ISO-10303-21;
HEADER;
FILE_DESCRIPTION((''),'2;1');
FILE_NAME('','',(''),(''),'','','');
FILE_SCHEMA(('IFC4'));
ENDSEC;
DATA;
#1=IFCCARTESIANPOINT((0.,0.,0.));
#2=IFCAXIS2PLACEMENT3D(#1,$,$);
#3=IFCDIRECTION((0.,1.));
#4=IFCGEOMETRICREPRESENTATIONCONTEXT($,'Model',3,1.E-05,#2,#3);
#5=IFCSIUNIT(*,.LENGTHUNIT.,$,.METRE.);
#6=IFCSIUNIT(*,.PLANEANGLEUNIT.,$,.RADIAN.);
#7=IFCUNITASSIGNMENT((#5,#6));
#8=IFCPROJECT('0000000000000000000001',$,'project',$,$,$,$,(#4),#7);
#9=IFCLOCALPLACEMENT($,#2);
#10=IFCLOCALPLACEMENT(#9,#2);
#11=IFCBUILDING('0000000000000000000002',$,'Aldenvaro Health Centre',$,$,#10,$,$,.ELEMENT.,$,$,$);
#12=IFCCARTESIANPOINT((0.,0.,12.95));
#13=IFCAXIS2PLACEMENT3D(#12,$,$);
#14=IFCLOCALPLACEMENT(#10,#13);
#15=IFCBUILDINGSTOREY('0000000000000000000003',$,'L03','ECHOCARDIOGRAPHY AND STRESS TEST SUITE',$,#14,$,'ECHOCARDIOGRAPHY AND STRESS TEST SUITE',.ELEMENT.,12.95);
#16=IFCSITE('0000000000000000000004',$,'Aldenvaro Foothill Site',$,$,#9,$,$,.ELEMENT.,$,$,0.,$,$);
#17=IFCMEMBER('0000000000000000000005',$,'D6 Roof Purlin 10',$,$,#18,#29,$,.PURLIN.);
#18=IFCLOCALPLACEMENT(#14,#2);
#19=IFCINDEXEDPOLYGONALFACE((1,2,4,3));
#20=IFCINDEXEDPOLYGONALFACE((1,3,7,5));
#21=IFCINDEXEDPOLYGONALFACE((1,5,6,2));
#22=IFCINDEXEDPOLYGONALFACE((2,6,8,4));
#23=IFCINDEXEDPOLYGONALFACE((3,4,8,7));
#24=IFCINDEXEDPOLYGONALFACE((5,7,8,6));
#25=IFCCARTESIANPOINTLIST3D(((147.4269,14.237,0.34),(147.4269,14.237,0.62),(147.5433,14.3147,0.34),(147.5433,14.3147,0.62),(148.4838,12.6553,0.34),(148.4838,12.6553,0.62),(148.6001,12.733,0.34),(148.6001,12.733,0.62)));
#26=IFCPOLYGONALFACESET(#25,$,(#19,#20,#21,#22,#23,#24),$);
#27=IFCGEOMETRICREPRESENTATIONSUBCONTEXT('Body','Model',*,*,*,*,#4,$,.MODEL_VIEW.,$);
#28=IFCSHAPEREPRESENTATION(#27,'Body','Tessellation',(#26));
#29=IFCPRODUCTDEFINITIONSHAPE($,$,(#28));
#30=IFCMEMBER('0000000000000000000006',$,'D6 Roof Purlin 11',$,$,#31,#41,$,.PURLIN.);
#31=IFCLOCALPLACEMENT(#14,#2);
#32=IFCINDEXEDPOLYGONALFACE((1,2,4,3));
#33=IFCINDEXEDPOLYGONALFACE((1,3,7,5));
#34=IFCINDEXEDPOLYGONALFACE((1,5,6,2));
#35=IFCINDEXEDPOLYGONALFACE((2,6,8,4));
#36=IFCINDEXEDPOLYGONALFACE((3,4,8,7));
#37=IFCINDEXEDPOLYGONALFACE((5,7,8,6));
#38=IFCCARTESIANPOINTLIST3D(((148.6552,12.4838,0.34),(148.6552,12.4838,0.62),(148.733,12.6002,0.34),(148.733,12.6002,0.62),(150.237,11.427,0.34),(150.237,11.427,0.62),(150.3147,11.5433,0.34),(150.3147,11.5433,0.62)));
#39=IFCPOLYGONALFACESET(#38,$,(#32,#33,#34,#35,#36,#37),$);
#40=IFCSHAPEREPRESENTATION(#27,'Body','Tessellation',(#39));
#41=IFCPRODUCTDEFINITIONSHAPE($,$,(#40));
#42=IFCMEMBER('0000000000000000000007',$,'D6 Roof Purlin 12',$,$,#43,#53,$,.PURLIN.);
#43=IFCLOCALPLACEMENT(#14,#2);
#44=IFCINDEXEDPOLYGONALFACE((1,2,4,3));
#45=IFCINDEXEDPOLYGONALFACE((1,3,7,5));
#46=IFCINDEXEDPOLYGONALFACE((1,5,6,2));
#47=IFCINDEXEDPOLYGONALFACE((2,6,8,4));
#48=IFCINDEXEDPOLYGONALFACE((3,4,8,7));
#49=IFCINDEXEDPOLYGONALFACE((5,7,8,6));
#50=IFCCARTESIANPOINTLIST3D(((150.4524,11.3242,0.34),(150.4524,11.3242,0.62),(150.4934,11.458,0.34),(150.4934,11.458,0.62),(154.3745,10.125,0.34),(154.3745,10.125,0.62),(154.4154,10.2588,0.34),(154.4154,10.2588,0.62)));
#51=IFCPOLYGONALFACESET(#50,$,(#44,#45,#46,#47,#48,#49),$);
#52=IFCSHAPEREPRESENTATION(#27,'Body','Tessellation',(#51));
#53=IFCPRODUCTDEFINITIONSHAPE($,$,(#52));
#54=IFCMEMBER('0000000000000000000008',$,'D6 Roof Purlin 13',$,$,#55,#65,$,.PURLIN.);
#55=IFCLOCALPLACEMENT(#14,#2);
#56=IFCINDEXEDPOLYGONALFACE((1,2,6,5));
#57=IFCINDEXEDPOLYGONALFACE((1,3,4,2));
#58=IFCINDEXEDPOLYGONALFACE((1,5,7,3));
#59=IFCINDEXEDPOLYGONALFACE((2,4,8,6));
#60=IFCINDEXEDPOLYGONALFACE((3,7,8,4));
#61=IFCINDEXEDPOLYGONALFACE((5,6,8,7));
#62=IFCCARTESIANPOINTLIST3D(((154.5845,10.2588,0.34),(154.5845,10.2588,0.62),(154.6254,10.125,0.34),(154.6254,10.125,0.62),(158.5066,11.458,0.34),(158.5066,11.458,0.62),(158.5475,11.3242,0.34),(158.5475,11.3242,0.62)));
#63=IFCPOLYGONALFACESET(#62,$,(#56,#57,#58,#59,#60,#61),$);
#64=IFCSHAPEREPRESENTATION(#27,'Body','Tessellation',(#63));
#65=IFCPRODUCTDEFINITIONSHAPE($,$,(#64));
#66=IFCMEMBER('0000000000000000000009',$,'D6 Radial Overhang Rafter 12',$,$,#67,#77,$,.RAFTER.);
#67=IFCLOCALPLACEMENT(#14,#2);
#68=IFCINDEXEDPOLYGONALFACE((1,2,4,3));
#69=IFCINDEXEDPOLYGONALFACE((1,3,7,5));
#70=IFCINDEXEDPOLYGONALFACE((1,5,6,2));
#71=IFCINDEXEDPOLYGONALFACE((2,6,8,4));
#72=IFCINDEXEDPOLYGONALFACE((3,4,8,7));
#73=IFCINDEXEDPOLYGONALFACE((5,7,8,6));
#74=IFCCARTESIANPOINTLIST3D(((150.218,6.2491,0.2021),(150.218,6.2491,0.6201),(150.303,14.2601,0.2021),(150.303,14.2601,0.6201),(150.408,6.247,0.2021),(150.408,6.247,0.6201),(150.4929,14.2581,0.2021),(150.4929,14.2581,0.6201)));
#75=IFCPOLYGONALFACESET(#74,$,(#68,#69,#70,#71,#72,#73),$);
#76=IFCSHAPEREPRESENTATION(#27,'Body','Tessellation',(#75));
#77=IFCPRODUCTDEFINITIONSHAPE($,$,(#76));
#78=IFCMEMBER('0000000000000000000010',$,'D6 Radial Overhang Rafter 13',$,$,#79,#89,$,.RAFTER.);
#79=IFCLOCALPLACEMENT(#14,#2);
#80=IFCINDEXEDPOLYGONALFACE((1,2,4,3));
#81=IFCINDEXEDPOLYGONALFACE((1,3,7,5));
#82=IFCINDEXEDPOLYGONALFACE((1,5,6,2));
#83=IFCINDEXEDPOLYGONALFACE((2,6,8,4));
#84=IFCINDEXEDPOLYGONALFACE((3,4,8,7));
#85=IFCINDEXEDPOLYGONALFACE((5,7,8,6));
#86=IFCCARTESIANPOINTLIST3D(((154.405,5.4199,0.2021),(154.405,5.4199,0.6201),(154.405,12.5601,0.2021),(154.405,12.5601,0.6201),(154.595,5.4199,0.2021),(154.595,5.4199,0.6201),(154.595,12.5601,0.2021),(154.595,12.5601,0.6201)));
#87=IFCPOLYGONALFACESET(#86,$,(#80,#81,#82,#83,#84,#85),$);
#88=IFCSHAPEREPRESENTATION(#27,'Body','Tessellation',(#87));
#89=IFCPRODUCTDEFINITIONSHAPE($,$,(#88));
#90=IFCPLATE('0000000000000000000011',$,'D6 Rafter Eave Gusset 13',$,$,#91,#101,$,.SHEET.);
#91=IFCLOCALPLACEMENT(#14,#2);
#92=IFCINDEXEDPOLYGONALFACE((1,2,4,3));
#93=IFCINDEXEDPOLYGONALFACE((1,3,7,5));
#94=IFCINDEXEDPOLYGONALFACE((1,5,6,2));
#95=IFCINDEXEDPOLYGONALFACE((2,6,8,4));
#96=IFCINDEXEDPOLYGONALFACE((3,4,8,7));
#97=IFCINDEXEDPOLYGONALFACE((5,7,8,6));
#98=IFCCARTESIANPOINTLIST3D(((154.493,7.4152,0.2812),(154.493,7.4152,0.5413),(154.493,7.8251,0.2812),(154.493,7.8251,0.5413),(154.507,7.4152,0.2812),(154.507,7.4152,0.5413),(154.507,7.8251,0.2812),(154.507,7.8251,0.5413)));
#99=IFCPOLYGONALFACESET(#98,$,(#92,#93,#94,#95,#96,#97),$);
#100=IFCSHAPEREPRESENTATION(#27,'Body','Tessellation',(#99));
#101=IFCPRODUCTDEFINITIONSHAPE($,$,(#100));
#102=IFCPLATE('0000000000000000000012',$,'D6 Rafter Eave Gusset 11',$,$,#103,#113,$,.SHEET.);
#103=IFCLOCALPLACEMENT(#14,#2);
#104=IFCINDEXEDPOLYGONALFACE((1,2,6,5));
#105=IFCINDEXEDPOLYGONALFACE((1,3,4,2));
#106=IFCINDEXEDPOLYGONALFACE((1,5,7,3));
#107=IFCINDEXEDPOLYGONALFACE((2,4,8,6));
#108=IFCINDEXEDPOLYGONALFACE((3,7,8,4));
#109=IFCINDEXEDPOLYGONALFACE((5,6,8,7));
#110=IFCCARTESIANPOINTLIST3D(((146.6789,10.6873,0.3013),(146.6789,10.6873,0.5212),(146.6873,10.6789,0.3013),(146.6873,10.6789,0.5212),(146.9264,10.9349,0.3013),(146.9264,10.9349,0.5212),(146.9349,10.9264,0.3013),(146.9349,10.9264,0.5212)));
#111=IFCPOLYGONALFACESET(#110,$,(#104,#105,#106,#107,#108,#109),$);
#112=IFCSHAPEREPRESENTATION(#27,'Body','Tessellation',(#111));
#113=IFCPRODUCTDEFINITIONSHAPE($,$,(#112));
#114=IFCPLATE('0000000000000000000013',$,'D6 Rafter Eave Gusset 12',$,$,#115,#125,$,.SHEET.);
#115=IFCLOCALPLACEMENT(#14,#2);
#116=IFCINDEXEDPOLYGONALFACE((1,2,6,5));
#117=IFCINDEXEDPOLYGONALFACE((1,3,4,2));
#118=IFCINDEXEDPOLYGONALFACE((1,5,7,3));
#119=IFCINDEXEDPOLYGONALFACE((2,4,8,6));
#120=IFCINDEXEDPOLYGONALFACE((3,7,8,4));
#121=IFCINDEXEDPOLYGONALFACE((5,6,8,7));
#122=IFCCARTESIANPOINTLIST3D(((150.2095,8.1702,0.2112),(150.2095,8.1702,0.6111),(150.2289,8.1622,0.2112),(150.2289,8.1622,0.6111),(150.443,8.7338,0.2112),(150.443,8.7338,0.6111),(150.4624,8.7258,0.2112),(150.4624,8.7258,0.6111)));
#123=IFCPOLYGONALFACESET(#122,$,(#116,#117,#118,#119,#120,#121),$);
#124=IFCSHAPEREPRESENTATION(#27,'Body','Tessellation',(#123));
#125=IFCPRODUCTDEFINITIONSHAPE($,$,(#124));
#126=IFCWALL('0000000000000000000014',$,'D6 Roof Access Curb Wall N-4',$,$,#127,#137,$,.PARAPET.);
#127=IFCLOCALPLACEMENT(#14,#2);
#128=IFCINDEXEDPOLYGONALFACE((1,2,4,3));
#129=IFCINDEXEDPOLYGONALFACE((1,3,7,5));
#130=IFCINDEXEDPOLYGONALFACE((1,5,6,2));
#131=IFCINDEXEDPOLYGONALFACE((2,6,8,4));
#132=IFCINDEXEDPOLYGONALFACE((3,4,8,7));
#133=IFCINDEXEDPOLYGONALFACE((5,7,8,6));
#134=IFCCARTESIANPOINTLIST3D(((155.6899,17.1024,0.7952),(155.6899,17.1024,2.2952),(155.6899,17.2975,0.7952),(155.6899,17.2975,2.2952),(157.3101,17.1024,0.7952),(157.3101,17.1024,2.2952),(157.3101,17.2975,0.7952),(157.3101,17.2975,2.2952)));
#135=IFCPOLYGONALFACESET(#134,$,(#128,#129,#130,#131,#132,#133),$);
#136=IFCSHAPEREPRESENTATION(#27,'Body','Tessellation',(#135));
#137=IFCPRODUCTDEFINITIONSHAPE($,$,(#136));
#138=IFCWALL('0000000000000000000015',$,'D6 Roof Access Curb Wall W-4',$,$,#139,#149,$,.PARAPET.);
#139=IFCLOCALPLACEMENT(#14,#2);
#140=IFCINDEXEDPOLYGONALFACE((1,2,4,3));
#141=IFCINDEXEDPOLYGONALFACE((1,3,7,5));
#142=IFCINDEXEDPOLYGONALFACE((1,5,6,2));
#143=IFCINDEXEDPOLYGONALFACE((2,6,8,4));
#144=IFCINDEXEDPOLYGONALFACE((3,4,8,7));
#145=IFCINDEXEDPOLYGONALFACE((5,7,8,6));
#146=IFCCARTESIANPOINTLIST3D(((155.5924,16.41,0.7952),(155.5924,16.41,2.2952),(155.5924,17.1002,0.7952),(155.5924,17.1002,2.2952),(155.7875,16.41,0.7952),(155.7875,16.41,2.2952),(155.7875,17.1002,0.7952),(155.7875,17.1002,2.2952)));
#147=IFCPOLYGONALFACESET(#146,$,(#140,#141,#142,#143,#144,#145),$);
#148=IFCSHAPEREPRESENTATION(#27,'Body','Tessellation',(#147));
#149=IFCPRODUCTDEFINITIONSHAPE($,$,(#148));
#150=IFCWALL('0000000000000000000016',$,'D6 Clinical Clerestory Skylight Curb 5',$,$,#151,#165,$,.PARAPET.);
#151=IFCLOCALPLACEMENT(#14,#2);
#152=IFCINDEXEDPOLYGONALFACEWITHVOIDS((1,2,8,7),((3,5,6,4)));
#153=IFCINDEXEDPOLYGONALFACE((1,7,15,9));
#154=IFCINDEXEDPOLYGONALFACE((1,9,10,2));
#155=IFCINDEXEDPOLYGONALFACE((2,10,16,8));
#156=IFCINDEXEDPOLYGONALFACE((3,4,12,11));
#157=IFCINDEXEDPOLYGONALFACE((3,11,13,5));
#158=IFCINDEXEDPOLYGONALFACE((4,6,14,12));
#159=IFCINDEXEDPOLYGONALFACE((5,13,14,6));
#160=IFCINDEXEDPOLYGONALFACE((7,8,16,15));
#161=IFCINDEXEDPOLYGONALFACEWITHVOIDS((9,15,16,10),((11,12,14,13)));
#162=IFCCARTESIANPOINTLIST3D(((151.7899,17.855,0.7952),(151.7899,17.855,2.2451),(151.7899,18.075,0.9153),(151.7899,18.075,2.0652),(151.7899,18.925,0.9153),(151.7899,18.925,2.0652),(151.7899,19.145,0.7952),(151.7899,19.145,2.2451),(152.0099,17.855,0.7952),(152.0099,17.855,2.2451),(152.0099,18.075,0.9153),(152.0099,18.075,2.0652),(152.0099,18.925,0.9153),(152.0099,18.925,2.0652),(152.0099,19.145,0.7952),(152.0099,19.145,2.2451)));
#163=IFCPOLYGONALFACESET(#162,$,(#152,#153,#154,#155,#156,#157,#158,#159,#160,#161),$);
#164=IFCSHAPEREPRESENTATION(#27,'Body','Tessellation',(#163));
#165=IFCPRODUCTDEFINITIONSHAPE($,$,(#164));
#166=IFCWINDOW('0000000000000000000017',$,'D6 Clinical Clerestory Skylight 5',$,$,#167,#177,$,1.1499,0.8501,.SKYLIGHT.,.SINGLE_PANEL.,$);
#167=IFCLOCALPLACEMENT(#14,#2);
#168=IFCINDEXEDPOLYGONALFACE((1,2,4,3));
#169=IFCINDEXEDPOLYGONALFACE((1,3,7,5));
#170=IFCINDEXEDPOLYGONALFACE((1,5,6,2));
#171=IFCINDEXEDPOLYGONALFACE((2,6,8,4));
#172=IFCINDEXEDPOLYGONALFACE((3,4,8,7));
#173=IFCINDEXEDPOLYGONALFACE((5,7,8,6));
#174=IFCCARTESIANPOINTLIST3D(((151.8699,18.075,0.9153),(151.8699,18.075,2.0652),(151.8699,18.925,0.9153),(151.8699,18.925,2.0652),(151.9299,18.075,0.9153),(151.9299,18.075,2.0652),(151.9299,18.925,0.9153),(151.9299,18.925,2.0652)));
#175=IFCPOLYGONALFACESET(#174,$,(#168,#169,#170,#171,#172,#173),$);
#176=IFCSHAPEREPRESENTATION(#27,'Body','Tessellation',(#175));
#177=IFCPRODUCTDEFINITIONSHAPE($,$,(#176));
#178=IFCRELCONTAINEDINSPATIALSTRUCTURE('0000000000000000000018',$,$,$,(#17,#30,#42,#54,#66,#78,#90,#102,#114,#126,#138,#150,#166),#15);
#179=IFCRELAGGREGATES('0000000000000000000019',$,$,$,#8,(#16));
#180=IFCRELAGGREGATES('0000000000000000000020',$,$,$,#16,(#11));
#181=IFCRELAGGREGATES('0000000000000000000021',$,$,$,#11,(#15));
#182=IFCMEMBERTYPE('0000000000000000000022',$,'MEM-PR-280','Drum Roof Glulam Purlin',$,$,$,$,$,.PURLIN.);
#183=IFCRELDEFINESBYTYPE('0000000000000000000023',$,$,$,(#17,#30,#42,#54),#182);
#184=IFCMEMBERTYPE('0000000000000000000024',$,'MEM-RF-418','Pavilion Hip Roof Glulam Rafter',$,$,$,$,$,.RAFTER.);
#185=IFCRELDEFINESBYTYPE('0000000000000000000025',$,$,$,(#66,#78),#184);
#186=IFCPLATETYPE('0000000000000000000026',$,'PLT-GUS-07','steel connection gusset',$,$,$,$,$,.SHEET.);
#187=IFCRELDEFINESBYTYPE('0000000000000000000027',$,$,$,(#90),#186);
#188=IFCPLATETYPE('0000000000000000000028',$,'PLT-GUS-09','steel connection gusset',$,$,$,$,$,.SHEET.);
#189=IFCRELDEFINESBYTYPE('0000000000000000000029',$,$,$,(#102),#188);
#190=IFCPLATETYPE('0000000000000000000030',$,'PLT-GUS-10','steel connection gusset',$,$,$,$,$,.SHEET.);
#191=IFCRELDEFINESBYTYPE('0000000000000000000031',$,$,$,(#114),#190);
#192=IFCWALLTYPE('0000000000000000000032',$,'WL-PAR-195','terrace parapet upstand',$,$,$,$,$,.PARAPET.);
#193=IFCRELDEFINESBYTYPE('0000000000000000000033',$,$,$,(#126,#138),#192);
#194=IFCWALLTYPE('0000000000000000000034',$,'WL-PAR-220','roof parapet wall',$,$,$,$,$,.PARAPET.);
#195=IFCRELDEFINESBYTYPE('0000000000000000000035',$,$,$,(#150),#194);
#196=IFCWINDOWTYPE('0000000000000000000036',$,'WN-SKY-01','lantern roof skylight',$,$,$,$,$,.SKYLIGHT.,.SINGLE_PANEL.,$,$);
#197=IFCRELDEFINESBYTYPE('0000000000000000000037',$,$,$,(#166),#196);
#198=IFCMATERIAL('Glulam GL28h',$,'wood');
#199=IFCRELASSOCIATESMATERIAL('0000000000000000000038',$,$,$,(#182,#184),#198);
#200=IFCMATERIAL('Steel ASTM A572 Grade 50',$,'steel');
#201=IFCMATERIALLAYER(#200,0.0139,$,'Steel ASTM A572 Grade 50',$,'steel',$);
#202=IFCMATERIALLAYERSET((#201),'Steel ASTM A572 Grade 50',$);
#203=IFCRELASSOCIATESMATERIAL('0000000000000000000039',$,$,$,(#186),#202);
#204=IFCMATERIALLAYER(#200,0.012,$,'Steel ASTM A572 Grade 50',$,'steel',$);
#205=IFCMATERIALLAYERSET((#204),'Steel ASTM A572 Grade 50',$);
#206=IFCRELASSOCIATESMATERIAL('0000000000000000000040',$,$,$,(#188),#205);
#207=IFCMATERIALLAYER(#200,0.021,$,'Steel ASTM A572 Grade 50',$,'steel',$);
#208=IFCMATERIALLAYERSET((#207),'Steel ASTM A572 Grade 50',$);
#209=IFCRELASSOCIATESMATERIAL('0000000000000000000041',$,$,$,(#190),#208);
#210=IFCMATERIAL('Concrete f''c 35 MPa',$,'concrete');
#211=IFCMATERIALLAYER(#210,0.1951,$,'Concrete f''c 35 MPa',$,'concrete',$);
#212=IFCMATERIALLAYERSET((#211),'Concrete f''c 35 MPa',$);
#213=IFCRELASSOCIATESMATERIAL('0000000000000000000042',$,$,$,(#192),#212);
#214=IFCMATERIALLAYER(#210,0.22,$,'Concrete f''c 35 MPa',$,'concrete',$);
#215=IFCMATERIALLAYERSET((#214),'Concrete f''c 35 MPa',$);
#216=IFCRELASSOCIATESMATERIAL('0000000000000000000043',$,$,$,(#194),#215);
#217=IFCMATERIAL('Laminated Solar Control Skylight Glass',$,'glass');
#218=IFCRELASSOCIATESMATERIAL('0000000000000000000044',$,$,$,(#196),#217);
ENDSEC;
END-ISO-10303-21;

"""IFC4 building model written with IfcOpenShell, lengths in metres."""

from ifc_helpers import new_model, si_unit, direction, frame, frame_2d, origin, origin_2d, place, context, subcontext, project, spatial, rectangle, extrude, material, layer, layer_set, material_profile, profile_set, type_object, element, fill, save


model = new_model("IFC4")

# Units and contexts
model_context = context("Model", 3, precision=1e-05, world=origin(), true_north=direction((0.0, 1.0)))
body_context = subcontext(model_context, "Body", "Model", "MODEL_VIEW")
ifc_project = project(units=[si_unit("LENGTHUNIT", "METRE"), si_unit("PLANEANGLEUNIT", "RADIAN")], contexts=[model_context])

# Site, building, storey
site_placement = place(None, origin())
site = spatial("IfcSite", under=ifc_project, at=site_placement, Name="Aldenvaro Foothill Site", CompositionType="ELEMENT", RefElevation=0.0)
building_placement = place(site_placement, origin())
building = spatial("IfcBuilding", under=site, at=building_placement, Name="Aldenvaro Health Centre", CompositionType="ELEMENT")
storey_placement = place(building_placement, frame((0.0, 0.0, 12.95)))
storey = spatial("IfcBuildingStorey", under=building, at=storey_placement, Name="L03", Description="ECHOCARDIOGRAPHY AND STRESS TEST SUITE", LongName="ECHOCARDIOGRAPHY AND STRESS TEST SUITE", CompositionType="ELEMENT", Elevation=12.95)

# Shared definitions
ifc_material_1 = material(Name="Glulam GL28h", Category="wood")

# Members
ifc_material_profile_1 = material_profile(ifc_material_1, rectangle(XDim=0.1399, YDim=0.28, at=origin_2d()), Name="GL 140x280", Category="wood")
ifc_profile_set_1 = profile_set([ifc_material_profile_1], Name="Glulam GL28h")
member_type_1 = type_object("IfcMemberType", Name="MEM-PR-280", Description="Drum Roof Glulam Purlin", PredefinedType="PURLIN", material=ifc_profile_set_1)
for number, where, z_axis, x_axis, name in (
    (1, (147.4851, 14.2759, 0.48), (0.555559, -0.831477, 0.0), (0.831477, 0.555559, 0.0), "D6 Roof Purlin 10"),
    (2, (148.6941, 12.542, 0.48), (0.831477, -0.555559, 0.0), (0.555559, 0.831477, 0.0), "D6 Roof Purlin 11"),
):
    element("IfcMember", number, at=place(storey_placement, frame(where, z_axis=z_axis, x_axis=x_axis)), inside=storey, type_object=member_type_1, Name=name, PredefinedType="PURLIN", context=body_context, shape_type="SweptSolid", body=[
        extrude(rectangle(XDim=0.1399, YDim=0.28, at=origin_2d()), origin(), (0.0, 0.0, 1.0), 1.9023),
    ])
for number, where, z_axis, x_axis, name in (
    (3, (150.4729, 11.3911, 0.48), (0.956297, -0.292395, 0.0), (0.292395, 0.956297, 0.0), "D6 Roof Purlin 12"),
    (4, (154.605, 10.1919, 0.48), (0.956297, 0.292395, 0.0), (-0.292395, 0.956297, 0.0), "D6 Roof Purlin 13"),
):
    element("IfcMember", number, at=place(storey_placement, frame(where, z_axis=z_axis, x_axis=x_axis)), inside=storey, type_object=member_type_1, Name=name, PredefinedType="PURLIN", context=body_context, shape_type="SweptSolid", body=[
        extrude(rectangle(XDim=0.1399, YDim=0.28, at=origin_2d()), origin(), (0.0, 0.0, 1.0), 4.1013),
    ])
ifc_material_profile_2 = material_profile(ifc_material_1, rectangle(XDim=0.1899, YDim=0.418, at=origin_2d()), Name="GL 190x418", Category="wood")
ifc_profile_set_2 = profile_set([ifc_material_profile_2], Name="Glulam GL28h")
member_type_2 = type_object("IfcMemberType", Name="MEM-RF-418", Description="Pavilion Hip Roof Glulam Rafter", PredefinedType="RAFTER", material=ifc_profile_set_2)
member_1_placement = place(storey_placement, frame((150.313, 6.248, 0.4111), z_axis=(0.010605, 0.999944, 0.0), x_axis=(-0.999944, 0.010605, 0.0)))
element("IfcMember", 5, at=member_1_placement, inside=storey, type_object=member_type_2, Name="D6 Radial Overhang Rafter 12", PredefinedType="RAFTER", context=body_context, shape_type="SweptSolid", body=[
    extrude(rectangle(XDim=0.1899, YDim=0.418, at=origin_2d()), origin(), (0.0, 0.0, 1.0), 8.0115),
])
member_2_placement = place(storey_placement, frame((154.5, 5.4199, 0.4111), z_axis=(0.0, 1.0, 0.0), x_axis=(-1.0, 0.0, 0.0)))
element("IfcMember", 6, at=member_2_placement, inside=storey, type_object=member_type_2, Name="D6 Radial Overhang Rafter 13", PredefinedType="RAFTER", context=body_context, shape_type="SweptSolid", body=[
    extrude(rectangle(XDim=0.1899, YDim=0.418, at=origin_2d()), origin(), (0.0, 0.0, 1.0), 7.1401),
])

# Plates
ifc_material_2 = material(Name="Steel ASTM A572 Grade 50", Category="steel")
ifc_layer_1 = layer(ifc_material_2, 0.0139, Name="Steel ASTM A572 Grade 50", Category="steel")
ifc_layer_set_1 = layer_set([ifc_layer_1], Name="Steel ASTM A572 Grade 50")
plate_type_1 = type_object("IfcPlateType", Name="PLT-GUS-07", Description="steel connection gusset", PredefinedType="SHEET", material=ifc_layer_set_1)
plate_1_placement = place(storey_placement, frame((154.5, 7.6201, 0.2812), z_axis=(0.0, 0.0, 1.0), x_axis=(0.0, -1.0, 0.0)))
element("IfcPlate", 7, at=plate_1_placement, inside=storey, type_object=plate_type_1, Name="D6 Rafter Eave Gusset 13", PredefinedType="SHEET", context=body_context, shape_type="SweptSolid", body=[
    extrude(rectangle(XDim=0.4099, YDim=0.0139, at=origin_2d()), origin(), (0.0, 0.0, 1.0), 0.26),
])
ifc_layer_2 = layer(ifc_material_2, 0.012, Name="Steel ASTM A572 Grade 50", Category="steel")
ifc_layer_set_2 = layer_set([ifc_layer_2], Name="Steel ASTM A572 Grade 50")
plate_type_2 = type_object("IfcPlateType", Name="PLT-GUS-09", Description="steel connection gusset", PredefinedType="SHEET", material=ifc_layer_set_2)
plate_2_placement = place(storey_placement, frame((146.8069, 10.8069, 0.3013), z_axis=(0.0, 0.0, 1.0), x_axis=(-0.707107, -0.707107, 0.0)))
element("IfcPlate", 8, at=plate_2_placement, inside=storey, type_object=plate_type_2, Name="D6 Rafter Eave Gusset 11", PredefinedType="SHEET", context=body_context, shape_type="SweptSolid", body=[
    extrude(rectangle(XDim=0.3501, YDim=0.012, at=origin_2d()), origin(), (0.0, 0.0, 1.0), 0.22),
])
ifc_layer_3 = layer(ifc_material_2, 0.021, Name="Steel ASTM A572 Grade 50", Category="steel")
ifc_layer_set_3 = layer_set([ifc_layer_3], Name="Steel ASTM A572 Grade 50")
plate_type_3 = type_object("IfcPlateType", Name="PLT-GUS-10", Description="steel connection gusset", PredefinedType="SHEET", material=ifc_layer_set_3)
plate_3_placement = place(storey_placement, frame((150.3359, 8.448, 0.2112), z_axis=(0.0, 0.0, 1.0), x_axis=(-0.382709, -0.923869, 0.0)))
element("IfcPlate", 9, at=plate_3_placement, inside=storey, type_object=plate_type_3, Name="D6 Rafter Eave Gusset 12", PredefinedType="SHEET", context=body_context, shape_type="SweptSolid", body=[
    extrude(rectangle(XDim=0.6101, YDim=0.021, at=origin_2d()), origin(), (0.0, 0.0, 1.0), 0.3999),
])

# Walls
ifc_material_3 = material(Name="Concrete f'c 35 MPa", Category="concrete")
ifc_layer_4 = layer(ifc_material_3, 0.1951, Name="Concrete f'c 35 MPa", Category="concrete")
ifc_layer_set_4 = layer_set([ifc_layer_4], Name="Concrete f'c 35 MPa")
wall_type_1 = type_object("IfcWallType", Name="WL-PAR-195", Description="terrace parapet upstand", PredefinedType="PARAPET", material=ifc_layer_set_4)
wall_1_placement = place(storey_placement, frame((155.6899, 17.2, 0.7952), z_axis=(0.0, 0.0, 1.0), x_axis=(1.0, 0.0, 0.0)))
element("IfcWall", 10, at=wall_1_placement, inside=storey, type_object=wall_type_1, Name="D6 Roof Access Curb Wall N-4", PredefinedType="PARAPET", context=body_context, shape_type="SweptSolid", body=[
    extrude(rectangle(XDim=1.6201, YDim=0.1951, at=frame_2d((0.8101, 0.0))), origin(), (0.0, 0.0, 1.0), 1.5),
])
wall_2_placement = place(storey_placement, frame((155.6899, 16.4099, 0.7952), z_axis=(0.0, 0.0, 1.0), x_axis=(0.0, 1.0, 0.0)))
element("IfcWall", 11, at=wall_2_placement, inside=storey, type_object=wall_type_1, Name="D6 Roof Access Curb Wall W-4", PredefinedType="PARAPET", context=body_context, shape_type="SweptSolid", body=[
    extrude(rectangle(XDim=0.6902, YDim=0.1951, at=frame_2d((0.3452, 0.0))), origin(), (0.0, 0.0, 1.0), 1.5),
])

# Wall, opening, window
ifc_layer_5 = layer(ifc_material_3, 0.22, Name="Concrete f'c 35 MPa", Category="concrete")
ifc_layer_set_5 = layer_set([ifc_layer_5], Name="Concrete f'c 35 MPa")
wall_type_2 = type_object("IfcWallType", Name="WL-PAR-220", Description="roof parapet wall", PredefinedType="PARAPET", material=ifc_layer_set_5)
wall_3_placement = place(storey_placement, frame((151.8999, 17.855, 0.7952), z_axis=(0.0, 0.0, 1.0), x_axis=(0.0, 1.0, 0.0)))
wall_3 = element("IfcWall", 12, at=wall_3_placement, inside=storey, type_object=wall_type_2, Name="D6 Clinical Clerestory Skylight Curb 5", PredefinedType="PARAPET", context=body_context, shape_type="SweptSolid", body=[
    extrude(rectangle(XDim=1.29, YDim=0.22, at=frame_2d((0.645, 0.0))), origin(), (0.0, 0.0, 1.0), 1.45),
])
opening_1_placement = place(wall_3_placement, frame((0.22, 0.0, 0.1201)))
opening_1 = element("IfcOpeningElement", 13, at=opening_1_placement, cuts=wall_3, PredefinedType="OPENING", context=body_context, shape_type="SweptSolid", body=[
    extrude(rectangle(XDim=0.8501, YDim=1.1499, at=frame_2d((0.425, 0.575))), frame((0.0, 0.1201, 0.0), z_axis=(0.0, -1.0, 0.0), x_axis=(1.0, 0.0, 0.0)), (0.0, 0.0, 1.0), 0.24),
])
ifc_material_4 = material(Name="Laminated Solar Control Skylight Glass", Category="glass")
window_type = type_object("IfcWindowType", Name="WN-SKY-01", Description="lantern roof skylight", PartitioningType="SINGLE_PANEL", PredefinedType="SKYLIGHT", material=ifc_material_4)
window_placement = place(opening_1_placement, origin())
window = element("IfcWindow", 14, at=window_placement, inside=storey, type_object=window_type, Name="D6 Clinical Clerestory Skylight 5", OverallHeight=1.1499, OverallWidth=0.8501, PartitioningType="SINGLE_PANEL", PredefinedType="SKYLIGHT", context=body_context, shape_type="SweptSolid", body=[
    extrude(rectangle(XDim=0.8501, YDim=1.1499, at=frame_2d((0.425, 0.575))), frame((0.0, 0.03, 0.0), z_axis=(0.0, -1.0, 0.0), x_axis=(1.0, 0.0, 0.0)), (0.0, 0.0, 1.0), 0.0601),
])
fill(opening_1, window)

save(model, "model.ifc")
